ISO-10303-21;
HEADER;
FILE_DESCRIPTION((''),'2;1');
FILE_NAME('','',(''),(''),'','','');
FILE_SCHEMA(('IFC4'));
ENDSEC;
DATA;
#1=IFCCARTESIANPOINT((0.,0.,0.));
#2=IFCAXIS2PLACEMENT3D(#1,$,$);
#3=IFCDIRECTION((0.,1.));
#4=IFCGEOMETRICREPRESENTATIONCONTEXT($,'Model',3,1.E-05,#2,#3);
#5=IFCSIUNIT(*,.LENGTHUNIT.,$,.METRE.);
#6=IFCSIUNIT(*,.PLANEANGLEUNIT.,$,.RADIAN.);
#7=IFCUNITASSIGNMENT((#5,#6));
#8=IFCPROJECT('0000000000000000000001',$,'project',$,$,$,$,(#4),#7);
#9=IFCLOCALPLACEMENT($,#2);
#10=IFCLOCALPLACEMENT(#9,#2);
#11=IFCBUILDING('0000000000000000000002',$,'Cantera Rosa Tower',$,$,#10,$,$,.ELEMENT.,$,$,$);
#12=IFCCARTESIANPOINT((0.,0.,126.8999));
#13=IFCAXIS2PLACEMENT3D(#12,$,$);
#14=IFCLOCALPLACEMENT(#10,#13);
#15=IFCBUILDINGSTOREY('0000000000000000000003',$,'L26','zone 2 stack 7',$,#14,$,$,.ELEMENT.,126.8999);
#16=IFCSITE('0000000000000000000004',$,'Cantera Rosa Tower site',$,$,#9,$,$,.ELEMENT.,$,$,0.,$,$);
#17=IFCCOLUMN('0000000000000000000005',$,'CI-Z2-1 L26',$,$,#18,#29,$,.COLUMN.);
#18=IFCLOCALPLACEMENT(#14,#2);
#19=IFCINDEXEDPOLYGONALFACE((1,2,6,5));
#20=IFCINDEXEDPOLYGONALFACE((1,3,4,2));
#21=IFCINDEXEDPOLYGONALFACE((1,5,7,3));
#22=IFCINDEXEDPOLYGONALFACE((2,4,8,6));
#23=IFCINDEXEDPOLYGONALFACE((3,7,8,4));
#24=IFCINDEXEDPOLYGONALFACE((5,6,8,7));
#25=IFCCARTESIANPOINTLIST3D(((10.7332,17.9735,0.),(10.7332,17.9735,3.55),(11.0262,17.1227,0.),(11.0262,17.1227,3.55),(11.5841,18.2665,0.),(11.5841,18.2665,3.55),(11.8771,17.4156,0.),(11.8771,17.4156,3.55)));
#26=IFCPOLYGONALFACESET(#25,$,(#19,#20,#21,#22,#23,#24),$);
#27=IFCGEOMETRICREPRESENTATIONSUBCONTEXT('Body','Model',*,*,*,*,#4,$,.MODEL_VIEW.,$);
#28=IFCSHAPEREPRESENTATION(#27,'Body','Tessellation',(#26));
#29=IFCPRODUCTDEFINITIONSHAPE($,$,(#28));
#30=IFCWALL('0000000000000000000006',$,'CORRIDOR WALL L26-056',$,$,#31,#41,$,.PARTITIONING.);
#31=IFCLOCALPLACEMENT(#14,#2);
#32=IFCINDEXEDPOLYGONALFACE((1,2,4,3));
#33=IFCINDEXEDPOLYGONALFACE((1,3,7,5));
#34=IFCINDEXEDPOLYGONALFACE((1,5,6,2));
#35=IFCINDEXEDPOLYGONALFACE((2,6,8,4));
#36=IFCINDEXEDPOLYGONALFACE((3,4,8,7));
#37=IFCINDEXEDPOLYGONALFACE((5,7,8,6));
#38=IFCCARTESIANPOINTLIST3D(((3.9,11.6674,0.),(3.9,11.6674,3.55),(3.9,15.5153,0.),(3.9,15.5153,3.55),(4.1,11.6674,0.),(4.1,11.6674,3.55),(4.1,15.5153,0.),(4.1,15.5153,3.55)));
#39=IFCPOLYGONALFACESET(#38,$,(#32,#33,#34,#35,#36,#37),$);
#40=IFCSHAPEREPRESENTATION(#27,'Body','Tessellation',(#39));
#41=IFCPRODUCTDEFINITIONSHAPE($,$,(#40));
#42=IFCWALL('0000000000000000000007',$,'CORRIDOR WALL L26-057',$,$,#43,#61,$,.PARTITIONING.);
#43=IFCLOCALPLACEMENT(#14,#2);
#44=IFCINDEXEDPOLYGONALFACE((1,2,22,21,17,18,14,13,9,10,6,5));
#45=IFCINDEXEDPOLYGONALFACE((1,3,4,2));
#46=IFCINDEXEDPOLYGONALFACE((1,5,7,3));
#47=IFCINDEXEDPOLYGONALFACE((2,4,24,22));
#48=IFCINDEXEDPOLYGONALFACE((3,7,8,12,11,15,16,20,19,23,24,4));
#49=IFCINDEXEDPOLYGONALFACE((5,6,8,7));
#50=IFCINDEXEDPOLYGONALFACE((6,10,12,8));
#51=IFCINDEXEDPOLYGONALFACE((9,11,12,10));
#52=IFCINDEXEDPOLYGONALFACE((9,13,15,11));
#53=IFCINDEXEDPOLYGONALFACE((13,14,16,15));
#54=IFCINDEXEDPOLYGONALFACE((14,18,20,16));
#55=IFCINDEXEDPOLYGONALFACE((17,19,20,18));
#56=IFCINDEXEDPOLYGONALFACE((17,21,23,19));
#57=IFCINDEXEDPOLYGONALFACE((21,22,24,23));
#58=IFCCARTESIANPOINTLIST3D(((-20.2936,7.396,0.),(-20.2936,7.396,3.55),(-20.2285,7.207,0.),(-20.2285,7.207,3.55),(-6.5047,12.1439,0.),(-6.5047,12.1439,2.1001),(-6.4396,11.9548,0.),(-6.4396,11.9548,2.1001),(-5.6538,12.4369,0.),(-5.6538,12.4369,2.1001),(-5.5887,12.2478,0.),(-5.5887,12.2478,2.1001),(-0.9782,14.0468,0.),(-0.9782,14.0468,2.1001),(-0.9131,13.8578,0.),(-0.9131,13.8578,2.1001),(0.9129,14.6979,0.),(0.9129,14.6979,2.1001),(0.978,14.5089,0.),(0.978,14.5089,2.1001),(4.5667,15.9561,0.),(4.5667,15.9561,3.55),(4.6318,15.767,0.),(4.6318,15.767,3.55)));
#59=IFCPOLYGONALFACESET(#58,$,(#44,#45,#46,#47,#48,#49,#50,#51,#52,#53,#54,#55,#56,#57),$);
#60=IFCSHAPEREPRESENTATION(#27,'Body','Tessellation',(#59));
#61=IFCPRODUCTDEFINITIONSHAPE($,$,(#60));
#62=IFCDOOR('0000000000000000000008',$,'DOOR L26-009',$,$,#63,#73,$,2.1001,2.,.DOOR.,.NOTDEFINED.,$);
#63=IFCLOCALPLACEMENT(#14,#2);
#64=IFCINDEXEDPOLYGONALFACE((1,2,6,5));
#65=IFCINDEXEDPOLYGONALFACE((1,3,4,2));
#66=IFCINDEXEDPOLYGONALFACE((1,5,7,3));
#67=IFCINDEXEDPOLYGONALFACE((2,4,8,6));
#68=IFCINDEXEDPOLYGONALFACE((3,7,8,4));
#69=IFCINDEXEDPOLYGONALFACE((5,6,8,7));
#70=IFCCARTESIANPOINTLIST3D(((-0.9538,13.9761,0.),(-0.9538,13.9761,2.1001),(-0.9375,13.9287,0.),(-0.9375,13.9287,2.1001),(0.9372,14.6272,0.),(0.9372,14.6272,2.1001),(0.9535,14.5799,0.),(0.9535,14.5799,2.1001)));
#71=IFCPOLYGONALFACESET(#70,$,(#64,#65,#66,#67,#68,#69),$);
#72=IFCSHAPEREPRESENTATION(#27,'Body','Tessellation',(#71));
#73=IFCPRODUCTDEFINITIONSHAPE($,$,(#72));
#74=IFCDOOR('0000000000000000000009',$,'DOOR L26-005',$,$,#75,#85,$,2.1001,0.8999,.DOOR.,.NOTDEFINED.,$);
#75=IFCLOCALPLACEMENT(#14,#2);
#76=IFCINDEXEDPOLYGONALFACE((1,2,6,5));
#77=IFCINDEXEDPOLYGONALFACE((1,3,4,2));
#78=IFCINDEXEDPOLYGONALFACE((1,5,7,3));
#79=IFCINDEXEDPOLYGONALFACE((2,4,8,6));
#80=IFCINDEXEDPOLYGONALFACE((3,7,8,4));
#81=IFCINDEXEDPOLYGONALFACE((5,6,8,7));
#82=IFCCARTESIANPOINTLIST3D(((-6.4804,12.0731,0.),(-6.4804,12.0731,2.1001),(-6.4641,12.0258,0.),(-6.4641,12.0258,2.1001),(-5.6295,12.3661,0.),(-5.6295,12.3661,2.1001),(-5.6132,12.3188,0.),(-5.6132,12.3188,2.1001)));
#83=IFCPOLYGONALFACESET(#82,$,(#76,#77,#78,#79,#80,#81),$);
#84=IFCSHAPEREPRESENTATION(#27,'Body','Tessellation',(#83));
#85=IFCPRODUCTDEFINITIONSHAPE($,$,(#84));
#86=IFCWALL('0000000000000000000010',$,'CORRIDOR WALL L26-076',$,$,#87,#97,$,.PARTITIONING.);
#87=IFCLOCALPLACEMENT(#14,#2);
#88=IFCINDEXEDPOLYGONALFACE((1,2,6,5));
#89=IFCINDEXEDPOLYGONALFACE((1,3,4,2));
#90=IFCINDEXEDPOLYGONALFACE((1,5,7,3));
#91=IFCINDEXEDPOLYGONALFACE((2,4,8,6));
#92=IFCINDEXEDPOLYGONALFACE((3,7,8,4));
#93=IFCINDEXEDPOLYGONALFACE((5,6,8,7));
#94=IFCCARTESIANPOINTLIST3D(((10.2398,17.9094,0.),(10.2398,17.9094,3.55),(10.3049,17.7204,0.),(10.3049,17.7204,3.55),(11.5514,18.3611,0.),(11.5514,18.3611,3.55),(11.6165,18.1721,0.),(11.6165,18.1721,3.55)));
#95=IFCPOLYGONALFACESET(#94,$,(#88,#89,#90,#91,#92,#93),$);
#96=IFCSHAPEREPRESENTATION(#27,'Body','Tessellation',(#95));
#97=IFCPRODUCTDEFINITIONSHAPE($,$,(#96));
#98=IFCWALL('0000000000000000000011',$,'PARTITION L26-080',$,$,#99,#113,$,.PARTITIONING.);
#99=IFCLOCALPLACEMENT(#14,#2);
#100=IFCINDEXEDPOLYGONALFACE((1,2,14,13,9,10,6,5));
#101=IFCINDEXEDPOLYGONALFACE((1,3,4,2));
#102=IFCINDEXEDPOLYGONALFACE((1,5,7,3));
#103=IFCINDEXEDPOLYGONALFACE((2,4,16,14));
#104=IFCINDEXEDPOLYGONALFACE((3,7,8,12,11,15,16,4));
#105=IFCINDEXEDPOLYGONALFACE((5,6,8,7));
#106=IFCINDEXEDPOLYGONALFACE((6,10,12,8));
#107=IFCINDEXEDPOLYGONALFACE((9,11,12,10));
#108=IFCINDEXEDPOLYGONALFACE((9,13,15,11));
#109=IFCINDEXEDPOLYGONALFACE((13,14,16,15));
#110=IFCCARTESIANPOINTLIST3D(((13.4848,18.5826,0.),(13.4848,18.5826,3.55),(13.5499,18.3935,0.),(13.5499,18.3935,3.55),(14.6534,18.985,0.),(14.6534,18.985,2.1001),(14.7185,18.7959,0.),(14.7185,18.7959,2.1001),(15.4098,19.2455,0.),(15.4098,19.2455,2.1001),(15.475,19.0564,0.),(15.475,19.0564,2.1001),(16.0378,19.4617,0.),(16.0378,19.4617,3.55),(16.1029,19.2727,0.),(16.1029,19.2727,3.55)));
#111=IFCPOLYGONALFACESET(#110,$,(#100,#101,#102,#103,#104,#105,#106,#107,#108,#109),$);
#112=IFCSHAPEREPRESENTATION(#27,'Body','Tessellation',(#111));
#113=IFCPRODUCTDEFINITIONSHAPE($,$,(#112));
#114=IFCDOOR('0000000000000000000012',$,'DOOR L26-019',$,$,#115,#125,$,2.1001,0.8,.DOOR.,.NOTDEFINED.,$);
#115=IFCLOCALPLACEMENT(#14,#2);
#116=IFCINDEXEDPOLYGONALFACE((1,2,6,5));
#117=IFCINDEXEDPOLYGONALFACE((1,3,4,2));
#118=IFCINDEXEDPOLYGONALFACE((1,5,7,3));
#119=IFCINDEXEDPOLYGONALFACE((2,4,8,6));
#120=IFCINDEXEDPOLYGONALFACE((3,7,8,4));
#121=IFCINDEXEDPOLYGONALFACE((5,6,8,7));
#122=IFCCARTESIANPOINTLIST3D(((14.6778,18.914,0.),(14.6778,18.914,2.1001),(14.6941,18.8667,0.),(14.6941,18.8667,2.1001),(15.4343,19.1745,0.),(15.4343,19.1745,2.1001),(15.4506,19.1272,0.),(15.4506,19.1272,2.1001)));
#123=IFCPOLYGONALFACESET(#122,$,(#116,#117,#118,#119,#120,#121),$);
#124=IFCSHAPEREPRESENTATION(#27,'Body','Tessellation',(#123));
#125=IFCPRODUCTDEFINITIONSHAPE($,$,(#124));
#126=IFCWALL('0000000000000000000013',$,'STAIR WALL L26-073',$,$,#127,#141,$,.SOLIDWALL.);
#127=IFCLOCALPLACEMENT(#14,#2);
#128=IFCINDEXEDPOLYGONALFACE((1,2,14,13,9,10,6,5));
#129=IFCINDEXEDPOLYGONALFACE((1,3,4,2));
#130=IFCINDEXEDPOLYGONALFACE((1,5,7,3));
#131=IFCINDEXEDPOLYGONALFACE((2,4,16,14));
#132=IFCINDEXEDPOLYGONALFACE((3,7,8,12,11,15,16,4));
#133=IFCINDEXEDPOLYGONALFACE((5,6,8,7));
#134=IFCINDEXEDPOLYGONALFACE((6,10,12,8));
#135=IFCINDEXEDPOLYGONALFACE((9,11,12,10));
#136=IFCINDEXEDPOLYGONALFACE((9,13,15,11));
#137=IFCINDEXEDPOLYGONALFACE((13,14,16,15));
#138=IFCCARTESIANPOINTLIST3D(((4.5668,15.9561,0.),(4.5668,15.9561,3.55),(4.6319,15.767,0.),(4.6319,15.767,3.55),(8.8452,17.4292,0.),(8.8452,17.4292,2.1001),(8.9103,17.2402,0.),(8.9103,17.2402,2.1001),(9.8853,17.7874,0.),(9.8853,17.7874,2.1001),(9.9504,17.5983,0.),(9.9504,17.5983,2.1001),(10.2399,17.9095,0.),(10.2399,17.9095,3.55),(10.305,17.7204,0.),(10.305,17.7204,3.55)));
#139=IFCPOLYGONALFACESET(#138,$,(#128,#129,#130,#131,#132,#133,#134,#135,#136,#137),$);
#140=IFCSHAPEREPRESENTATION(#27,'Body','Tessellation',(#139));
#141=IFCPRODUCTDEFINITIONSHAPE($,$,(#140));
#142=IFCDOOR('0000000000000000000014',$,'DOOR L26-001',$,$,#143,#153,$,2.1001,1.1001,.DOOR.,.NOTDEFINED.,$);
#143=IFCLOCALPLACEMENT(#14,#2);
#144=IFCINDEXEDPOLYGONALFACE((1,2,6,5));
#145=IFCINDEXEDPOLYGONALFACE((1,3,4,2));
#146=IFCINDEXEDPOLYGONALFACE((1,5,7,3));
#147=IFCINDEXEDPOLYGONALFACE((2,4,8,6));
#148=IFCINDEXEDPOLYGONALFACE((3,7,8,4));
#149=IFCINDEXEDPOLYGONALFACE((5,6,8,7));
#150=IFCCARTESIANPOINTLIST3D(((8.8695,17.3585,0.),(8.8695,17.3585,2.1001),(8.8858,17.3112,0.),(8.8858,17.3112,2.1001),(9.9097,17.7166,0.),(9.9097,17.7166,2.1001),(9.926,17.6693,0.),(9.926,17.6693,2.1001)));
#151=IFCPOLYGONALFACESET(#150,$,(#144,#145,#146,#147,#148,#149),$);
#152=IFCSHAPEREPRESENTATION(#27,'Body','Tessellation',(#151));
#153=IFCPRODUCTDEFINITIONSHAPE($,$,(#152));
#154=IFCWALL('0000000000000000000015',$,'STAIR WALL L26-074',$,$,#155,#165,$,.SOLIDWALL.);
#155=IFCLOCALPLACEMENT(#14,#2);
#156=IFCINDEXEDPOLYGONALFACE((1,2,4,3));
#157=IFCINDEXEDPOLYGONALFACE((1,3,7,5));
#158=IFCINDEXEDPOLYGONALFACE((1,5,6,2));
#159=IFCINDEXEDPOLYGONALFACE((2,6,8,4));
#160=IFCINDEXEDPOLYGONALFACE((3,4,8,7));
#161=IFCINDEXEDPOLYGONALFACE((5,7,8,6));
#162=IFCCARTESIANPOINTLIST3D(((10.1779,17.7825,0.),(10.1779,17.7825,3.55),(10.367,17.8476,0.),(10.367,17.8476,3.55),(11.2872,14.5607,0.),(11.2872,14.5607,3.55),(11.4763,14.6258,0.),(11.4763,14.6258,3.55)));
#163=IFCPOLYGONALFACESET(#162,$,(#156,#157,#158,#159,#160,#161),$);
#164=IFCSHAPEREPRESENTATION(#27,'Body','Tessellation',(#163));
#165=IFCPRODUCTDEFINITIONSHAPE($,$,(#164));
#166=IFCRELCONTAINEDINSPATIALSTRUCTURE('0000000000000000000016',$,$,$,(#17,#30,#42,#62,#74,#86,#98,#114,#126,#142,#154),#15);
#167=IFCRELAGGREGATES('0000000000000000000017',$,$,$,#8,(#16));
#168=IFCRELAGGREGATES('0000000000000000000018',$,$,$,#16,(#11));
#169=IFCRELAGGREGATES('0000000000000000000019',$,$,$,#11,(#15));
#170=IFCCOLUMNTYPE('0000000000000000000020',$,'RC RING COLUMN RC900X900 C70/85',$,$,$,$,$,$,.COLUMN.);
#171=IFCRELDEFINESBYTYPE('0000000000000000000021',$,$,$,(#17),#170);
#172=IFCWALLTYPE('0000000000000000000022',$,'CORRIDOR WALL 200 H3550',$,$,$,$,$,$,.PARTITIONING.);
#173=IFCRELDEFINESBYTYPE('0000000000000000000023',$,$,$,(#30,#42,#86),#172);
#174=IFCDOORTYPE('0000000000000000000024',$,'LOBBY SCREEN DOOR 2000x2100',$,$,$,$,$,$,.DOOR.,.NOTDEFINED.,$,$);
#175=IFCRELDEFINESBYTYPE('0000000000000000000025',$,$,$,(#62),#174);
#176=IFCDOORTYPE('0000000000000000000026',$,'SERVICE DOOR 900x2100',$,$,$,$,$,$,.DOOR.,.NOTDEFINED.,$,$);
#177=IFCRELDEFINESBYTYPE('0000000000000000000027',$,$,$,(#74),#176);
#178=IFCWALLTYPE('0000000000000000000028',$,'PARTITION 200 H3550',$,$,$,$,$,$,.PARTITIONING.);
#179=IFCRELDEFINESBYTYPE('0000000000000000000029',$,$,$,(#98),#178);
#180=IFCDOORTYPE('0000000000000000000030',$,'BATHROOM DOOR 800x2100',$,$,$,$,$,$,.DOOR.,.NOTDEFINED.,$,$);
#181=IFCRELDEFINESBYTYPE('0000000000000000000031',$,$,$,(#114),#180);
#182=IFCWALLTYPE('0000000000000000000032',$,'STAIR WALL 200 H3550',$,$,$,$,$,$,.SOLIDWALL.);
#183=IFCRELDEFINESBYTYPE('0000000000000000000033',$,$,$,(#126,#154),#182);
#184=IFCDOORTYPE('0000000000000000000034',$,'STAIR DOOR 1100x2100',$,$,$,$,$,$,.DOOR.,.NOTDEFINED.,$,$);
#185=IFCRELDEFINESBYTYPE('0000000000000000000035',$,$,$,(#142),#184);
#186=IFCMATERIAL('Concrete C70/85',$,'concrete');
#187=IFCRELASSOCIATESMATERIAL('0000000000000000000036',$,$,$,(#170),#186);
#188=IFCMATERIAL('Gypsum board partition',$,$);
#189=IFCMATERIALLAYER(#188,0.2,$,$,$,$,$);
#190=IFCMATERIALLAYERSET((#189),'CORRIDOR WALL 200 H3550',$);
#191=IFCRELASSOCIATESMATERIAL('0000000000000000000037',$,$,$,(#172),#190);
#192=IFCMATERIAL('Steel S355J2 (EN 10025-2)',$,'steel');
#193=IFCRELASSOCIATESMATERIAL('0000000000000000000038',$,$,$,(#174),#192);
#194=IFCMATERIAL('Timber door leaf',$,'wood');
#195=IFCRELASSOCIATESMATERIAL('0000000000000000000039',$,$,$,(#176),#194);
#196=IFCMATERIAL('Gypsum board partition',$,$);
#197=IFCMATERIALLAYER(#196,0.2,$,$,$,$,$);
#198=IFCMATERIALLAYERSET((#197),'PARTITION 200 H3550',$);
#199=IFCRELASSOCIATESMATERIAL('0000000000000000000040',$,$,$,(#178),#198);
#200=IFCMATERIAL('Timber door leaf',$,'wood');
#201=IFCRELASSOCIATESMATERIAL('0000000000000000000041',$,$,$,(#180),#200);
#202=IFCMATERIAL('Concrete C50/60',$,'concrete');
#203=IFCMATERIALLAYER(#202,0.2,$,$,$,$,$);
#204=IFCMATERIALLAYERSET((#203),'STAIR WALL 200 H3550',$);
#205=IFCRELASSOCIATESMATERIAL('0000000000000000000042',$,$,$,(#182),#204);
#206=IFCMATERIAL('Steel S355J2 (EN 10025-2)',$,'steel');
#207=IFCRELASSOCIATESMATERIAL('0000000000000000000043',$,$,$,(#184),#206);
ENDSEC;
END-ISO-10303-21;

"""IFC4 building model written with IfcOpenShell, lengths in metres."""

from ifc_helpers import new_model, si_unit, direction, frame, frame_2d, origin, origin_2d, place, context, subcontext, project, spatial, rectangle, extrude, material, layer, layer_set, material_profile, profile_set, type_object, element, fill, save


model = new_model("IFC4")

# Units and contexts
model_context = context("Model", 3, precision=1e-05, world=origin(), true_north=direction((0.0, 1.0)))
body_context = subcontext(model_context, "Body", "Model", "MODEL_VIEW")
ifc_project = project(units=[si_unit("LENGTHUNIT", "METRE"), si_unit("PLANEANGLEUNIT", "RADIAN")], contexts=[model_context])

# Site, building, storey
site_placement = place(None, origin())
site = spatial("IfcSite", under=ifc_project, at=site_placement, Name="Cantera Rosa Tower site", CompositionType="ELEMENT", RefElevation=0.0)
building_placement = place(site_placement, origin())
building = spatial("IfcBuilding", under=site, at=building_placement, Name="Cantera Rosa Tower", CompositionType="ELEMENT")
storey_placement = place(building_placement, frame((0.0, 0.0, 126.8999)))
storey = spatial("IfcBuildingStorey", under=building, at=storey_placement, Name="L26", Description="zone 2 stack 7", CompositionType="ELEMENT", Elevation=126.8999)

# Column
ifc_material_1 = material(Name="Concrete C70/85", Category="concrete")
ifc_material_profile = material_profile(ifc_material_1, rectangle(XDim=0.8999, YDim=0.8999, at=origin_2d()), Name="RC RING COLUMN RC900X900 C70/85")
ifc_profile_set = profile_set([ifc_material_profile], Name="Concrete C70/85")
column_type = type_object("IfcColumnType", Name="RC RING COLUMN RC900X900 C70/85", PredefinedType="COLUMN", material=ifc_profile_set)
column_placement = place(storey_placement, frame((11.3052, 17.6946, 0.0), z_axis=(0.0, 0.0, 1.0), x_axis=(0.945519, 0.325568, 0.0)))
element("IfcColumn", 1, at=column_placement, inside=storey, type_object=column_type, Name="CI-Z2-1 L26", PredefinedType="COLUMN", context=body_context, shape_type="SweptSolid", body=[
    extrude(rectangle(XDim=0.8999, YDim=0.8999, at=origin_2d()), origin(), (0.0, 0.0, 1.0), 3.55),
])

# Wall
ifc_material_2 = material(Name="Gypsum board partition")
ifc_layer_1 = layer(ifc_material_2, 0.2)
ifc_layer_set_1 = layer_set([ifc_layer_1], Name="CORRIDOR WALL 200 H3550")
wall_type_1 = type_object("IfcWallType", Name="CORRIDOR WALL 200 H3550", PredefinedType="PARTITIONING", material=ifc_layer_set_1)
wall_1_placement = place(storey_placement, frame((4.0, 15.5151, 0.0), z_axis=(0.0, 0.0, 1.0), x_axis=(0.0, -1.0, 0.0)))
element("IfcWall", 2, at=wall_1_placement, inside=storey, type_object=wall_type_1, Name="CORRIDOR WALL L26-056", PredefinedType="PARTITIONING", context=body_context, shape_type="SweptSolid", body=[
    extrude(rectangle(XDim=3.8479, YDim=0.2, at=frame_2d((1.9238, 0.0))), origin(), (0.0, 0.0, 1.0), 3.55),
])

# Wall, openings, doors
wall_2_placement = place(storey_placement, frame((4.5994, 15.8616, 0.0), z_axis=(0.0, 0.0, 1.0), x_axis=(-0.945519, -0.325567, 0.0)))
wall_2 = element("IfcWall", 3, at=wall_2_placement, inside=storey, type_object=wall_type_1, Name="CORRIDOR WALL L26-057", PredefinedType="PARTITIONING", context=body_context, shape_type="SweptSolid", body=[
    extrude(rectangle(XDim=26.2927, YDim=0.2, at=frame_2d((13.1465, 0.0))), origin(), (0.0, 0.0, 1.0), 3.55),
])
opening_1_placement = place(wall_2_placement, frame((10.8096, 0.0, 0.0)))
opening_1 = element("IfcOpeningElement", 4, at=opening_1_placement, cuts=wall_2, PredefinedType="OPENING", context=body_context, shape_type="SweptSolid", body=[
    extrude(rectangle(XDim=0.8999, YDim=2.1001, at=frame_2d((0.45, 1.05))), frame((0.0, 0.1099, 0.0), z_axis=(0.0, -1.0, 0.0), x_axis=(1.0, 0.0, 0.0)), (0.0, 0.0, 1.0), 0.22),
])
opening_2_placement = place(wall_2_placement, frame((3.8645, 0.0, 0.0)))
opening_2 = element("IfcOpeningElement", 5, at=opening_2_placement, cuts=wall_2, PredefinedType="OPENING", context=body_context, shape_type="SweptSolid", body=[
    extrude(rectangle(XDim=2.0, YDim=2.1001, at=frame_2d((1.0, 1.05))), frame((0.0, 0.1099, 0.0), z_axis=(0.0, -1.0, 0.0), x_axis=(1.0, 0.0, 0.0)), (0.0, 0.0, 1.0), 0.22),
])
ifc_material_3 = material(Name="Steel S355J2 (EN 10025-2)", Category="steel")
door_type_1 = type_object("IfcDoorType", Name="LOBBY SCREEN DOOR 2000x2100", OperationType="NOTDEFINED", PredefinedType="DOOR", material=ifc_material_3)
door_1_placement = place(opening_2_placement, origin())
door_1 = element("IfcDoor", 6, at=door_1_placement, inside=storey, type_object=door_type_1, Name="DOOR L26-009", OperationType="NOTDEFINED", OverallHeight=2.1001, OverallWidth=2.0, PredefinedType="DOOR", context=body_context, shape_type="SweptSolid", body=[
    extrude(rectangle(XDim=2.0, YDim=2.1001, at=frame_2d((1.0, 1.05))), frame((0.0, 0.0249, 0.0), z_axis=(0.0, -1.0, 0.0), x_axis=(1.0, 0.0, 0.0)), (0.0, 0.0, 1.0), 0.05),
])
fill(opening_2, door_1)
ifc_material_4 = material(Name="Timber door leaf", Category="wood")
door_type_2 = type_object("IfcDoorType", Name="SERVICE DOOR 900x2100", OperationType="NOTDEFINED", PredefinedType="DOOR", material=ifc_material_4)
door_2_placement = place(opening_1_placement, origin())
door_2 = element("IfcDoor", 7, at=door_2_placement, inside=storey, type_object=door_type_2, Name="DOOR L26-005", OperationType="NOTDEFINED", OverallHeight=2.1001, OverallWidth=0.8999, PredefinedType="DOOR", context=body_context, shape_type="SweptSolid", body=[
    extrude(rectangle(XDim=0.8999, YDim=2.1001, at=frame_2d((0.45, 1.05))), frame((0.0, 0.0249, 0.0), z_axis=(0.0, -1.0, 0.0), x_axis=(1.0, 0.0, 0.0)), (0.0, 0.0, 1.0), 0.05),
])
fill(opening_1, door_2)

# Wall
wall_3_placement = place(storey_placement, frame((11.584, 18.2666, 0.0), z_axis=(0.0, 0.0, 1.0), x_axis=(-0.945504, -0.325611, 0.0)))
element("IfcWall", 8, at=wall_3_placement, inside=storey, type_object=wall_type_1, Name="CORRIDOR WALL L26-076", PredefinedType="PARTITIONING", context=body_context, shape_type="SweptSolid", body=[
    extrude(rectangle(XDim=1.3872, YDim=0.2, at=frame_2d((0.6936, 0.0))), origin(), (0.0, 0.0, 1.0), 3.55),
])

# Walls, openings, doors
ifc_material_5 = material(Name="Gypsum board partition")
ifc_layer_2 = layer(ifc_material_5, 0.2)
ifc_layer_set_2 = layer_set([ifc_layer_2], Name="PARTITION 200 H3550")
wall_type_2 = type_object("IfcWallType", Name="PARTITION 200 H3550", PredefinedType="PARTITIONING", material=ifc_layer_set_2)
wall_4_placement = place(storey_placement, frame((13.5173, 18.488, 0.0), z_axis=(0.0, 0.0, 1.0), x_axis=(0.945508, 0.325598, 0.0)))
wall_4 = element("IfcWall", 9, at=wall_4_placement, inside=storey, type_object=wall_type_2, Name="PARTITION L26-080", PredefinedType="PARTITIONING", context=body_context, shape_type="SweptSolid", body=[
    extrude(rectangle(XDim=2.7002, YDim=0.2, at=frame_2d((1.3501, 0.0))), origin(), (0.0, 0.0, 1.0), 3.55),
])
opening_3_placement = place(wall_4_placement, frame((1.2361, 0.0, 0.0)))
opening_3 = element("IfcOpeningElement", 10, at=opening_3_placement, cuts=wall_4, PredefinedType="OPENING", context=body_context, shape_type="SweptSolid", body=[
    extrude(rectangle(XDim=0.8, YDim=2.1001, at=frame_2d((0.3999, 1.05))), frame((0.0, 0.1099, 0.0), z_axis=(0.0, -1.0, 0.0), x_axis=(1.0, 0.0, 0.0)), (0.0, 0.0, 1.0), 0.22),
])
ifc_material_6 = material(Name="Timber door leaf", Category="wood")
door_type_3 = type_object("IfcDoorType", Name="BATHROOM DOOR 800x2100", OperationType="NOTDEFINED", PredefinedType="DOOR", material=ifc_material_6)
door_3_placement = place(opening_3_placement, origin())
door_3 = element("IfcDoor", 11, at=door_3_placement, inside=storey, type_object=door_type_3, Name="DOOR L26-019", OperationType="NOTDEFINED", OverallHeight=2.1001, OverallWidth=0.8, PredefinedType="DOOR", context=body_context, shape_type="SweptSolid", body=[
    extrude(rectangle(XDim=0.8, YDim=2.1001, at=frame_2d((0.3999, 1.05))), frame((0.0, 0.0249, 0.0), z_axis=(0.0, -1.0, 0.0), x_axis=(1.0, 0.0, 0.0)), (0.0, 0.0, 1.0), 0.05),
])
fill(opening_3, door_3)
ifc_material_7 = material(Name="Concrete C50/60", Category="concrete")
ifc_layer_3 = layer(ifc_material_7, 0.2)
ifc_layer_set_3 = layer_set([ifc_layer_3], Name="STAIR WALL 200 H3550")
wall_type_3 = type_object("IfcWallType", Name="STAIR WALL 200 H3550", PredefinedType="SOLIDWALL", material=ifc_layer_set_3)
wall_5_placement = place(storey_placement, frame((10.2725, 17.8149, 0.0), z_axis=(0.0, 0.0, 1.0), x_axis=(-0.94552, -0.325563, 0.0)))
wall_5 = element("IfcWall", 12, at=wall_5_placement, inside=storey, type_object=wall_type_3, Name="STAIR WALL L26-073", PredefinedType="SOLIDWALL", context=body_context, shape_type="SweptSolid", body=[
    extrude(rectangle(XDim=6.0, YDim=0.2, at=frame_2d((3.0, 0.0))), origin(), (0.0, 0.0, 1.0), 3.55),
])
opening_4_placement = place(wall_5_placement, frame((0.375, 0.0, 0.0)))
opening_4 = element("IfcOpeningElement", 13, at=opening_4_placement, cuts=wall_5, PredefinedType="OPENING", context=body_context, shape_type="SweptSolid", body=[
    extrude(rectangle(XDim=1.1001, YDim=2.1001, at=frame_2d((0.55, 1.05))), frame((0.0, 0.1099, 0.0), z_axis=(0.0, -1.0, 0.0), x_axis=(1.0, 0.0, 0.0)), (0.0, 0.0, 1.0), 0.22),
])
ifc_material_8 = material(Name="Steel S355J2 (EN 10025-2)", Category="steel")
door_type_4 = type_object("IfcDoorType", Name="STAIR DOOR 1100x2100", OperationType="NOTDEFINED", PredefinedType="DOOR", material=ifc_material_8)
door_4_placement = place(opening_4_placement, origin())
door_4 = element("IfcDoor", 14, at=door_4_placement, inside=storey, type_object=door_type_4, Name="DOOR L26-001", OperationType="NOTDEFINED", OverallHeight=2.1001, OverallWidth=1.1001, PredefinedType="DOOR", context=body_context, shape_type="SweptSolid", body=[
    extrude(rectangle(XDim=1.1001, YDim=2.1001, at=frame_2d((0.55, 1.05))), frame((0.0, 0.0249, 0.0), z_axis=(0.0, -1.0, 0.0), x_axis=(1.0, 0.0, 0.0)), (0.0, 0.0, 1.0), 0.05),
])
fill(opening_4, door_4)

# Wall
wall_6_placement = place(storey_placement, frame((10.2725, 17.8149, 0.0), z_axis=(0.0, 0.0, 1.0), x_axis=(0.325562, -0.945521, 0.0)))
element("IfcWall", 15, at=wall_6_placement, inside=storey, type_object=wall_type_3, Name="STAIR WALL L26-074", PredefinedType="SOLIDWALL", context=body_context, shape_type="SweptSolid", body=[
    extrude(rectangle(XDim=3.4075, YDim=0.2, at=frame_2d((1.7036, 0.0))), origin(), (0.0, 0.0, 1.0), 3.55),
])

save(model, "model.ifc")
